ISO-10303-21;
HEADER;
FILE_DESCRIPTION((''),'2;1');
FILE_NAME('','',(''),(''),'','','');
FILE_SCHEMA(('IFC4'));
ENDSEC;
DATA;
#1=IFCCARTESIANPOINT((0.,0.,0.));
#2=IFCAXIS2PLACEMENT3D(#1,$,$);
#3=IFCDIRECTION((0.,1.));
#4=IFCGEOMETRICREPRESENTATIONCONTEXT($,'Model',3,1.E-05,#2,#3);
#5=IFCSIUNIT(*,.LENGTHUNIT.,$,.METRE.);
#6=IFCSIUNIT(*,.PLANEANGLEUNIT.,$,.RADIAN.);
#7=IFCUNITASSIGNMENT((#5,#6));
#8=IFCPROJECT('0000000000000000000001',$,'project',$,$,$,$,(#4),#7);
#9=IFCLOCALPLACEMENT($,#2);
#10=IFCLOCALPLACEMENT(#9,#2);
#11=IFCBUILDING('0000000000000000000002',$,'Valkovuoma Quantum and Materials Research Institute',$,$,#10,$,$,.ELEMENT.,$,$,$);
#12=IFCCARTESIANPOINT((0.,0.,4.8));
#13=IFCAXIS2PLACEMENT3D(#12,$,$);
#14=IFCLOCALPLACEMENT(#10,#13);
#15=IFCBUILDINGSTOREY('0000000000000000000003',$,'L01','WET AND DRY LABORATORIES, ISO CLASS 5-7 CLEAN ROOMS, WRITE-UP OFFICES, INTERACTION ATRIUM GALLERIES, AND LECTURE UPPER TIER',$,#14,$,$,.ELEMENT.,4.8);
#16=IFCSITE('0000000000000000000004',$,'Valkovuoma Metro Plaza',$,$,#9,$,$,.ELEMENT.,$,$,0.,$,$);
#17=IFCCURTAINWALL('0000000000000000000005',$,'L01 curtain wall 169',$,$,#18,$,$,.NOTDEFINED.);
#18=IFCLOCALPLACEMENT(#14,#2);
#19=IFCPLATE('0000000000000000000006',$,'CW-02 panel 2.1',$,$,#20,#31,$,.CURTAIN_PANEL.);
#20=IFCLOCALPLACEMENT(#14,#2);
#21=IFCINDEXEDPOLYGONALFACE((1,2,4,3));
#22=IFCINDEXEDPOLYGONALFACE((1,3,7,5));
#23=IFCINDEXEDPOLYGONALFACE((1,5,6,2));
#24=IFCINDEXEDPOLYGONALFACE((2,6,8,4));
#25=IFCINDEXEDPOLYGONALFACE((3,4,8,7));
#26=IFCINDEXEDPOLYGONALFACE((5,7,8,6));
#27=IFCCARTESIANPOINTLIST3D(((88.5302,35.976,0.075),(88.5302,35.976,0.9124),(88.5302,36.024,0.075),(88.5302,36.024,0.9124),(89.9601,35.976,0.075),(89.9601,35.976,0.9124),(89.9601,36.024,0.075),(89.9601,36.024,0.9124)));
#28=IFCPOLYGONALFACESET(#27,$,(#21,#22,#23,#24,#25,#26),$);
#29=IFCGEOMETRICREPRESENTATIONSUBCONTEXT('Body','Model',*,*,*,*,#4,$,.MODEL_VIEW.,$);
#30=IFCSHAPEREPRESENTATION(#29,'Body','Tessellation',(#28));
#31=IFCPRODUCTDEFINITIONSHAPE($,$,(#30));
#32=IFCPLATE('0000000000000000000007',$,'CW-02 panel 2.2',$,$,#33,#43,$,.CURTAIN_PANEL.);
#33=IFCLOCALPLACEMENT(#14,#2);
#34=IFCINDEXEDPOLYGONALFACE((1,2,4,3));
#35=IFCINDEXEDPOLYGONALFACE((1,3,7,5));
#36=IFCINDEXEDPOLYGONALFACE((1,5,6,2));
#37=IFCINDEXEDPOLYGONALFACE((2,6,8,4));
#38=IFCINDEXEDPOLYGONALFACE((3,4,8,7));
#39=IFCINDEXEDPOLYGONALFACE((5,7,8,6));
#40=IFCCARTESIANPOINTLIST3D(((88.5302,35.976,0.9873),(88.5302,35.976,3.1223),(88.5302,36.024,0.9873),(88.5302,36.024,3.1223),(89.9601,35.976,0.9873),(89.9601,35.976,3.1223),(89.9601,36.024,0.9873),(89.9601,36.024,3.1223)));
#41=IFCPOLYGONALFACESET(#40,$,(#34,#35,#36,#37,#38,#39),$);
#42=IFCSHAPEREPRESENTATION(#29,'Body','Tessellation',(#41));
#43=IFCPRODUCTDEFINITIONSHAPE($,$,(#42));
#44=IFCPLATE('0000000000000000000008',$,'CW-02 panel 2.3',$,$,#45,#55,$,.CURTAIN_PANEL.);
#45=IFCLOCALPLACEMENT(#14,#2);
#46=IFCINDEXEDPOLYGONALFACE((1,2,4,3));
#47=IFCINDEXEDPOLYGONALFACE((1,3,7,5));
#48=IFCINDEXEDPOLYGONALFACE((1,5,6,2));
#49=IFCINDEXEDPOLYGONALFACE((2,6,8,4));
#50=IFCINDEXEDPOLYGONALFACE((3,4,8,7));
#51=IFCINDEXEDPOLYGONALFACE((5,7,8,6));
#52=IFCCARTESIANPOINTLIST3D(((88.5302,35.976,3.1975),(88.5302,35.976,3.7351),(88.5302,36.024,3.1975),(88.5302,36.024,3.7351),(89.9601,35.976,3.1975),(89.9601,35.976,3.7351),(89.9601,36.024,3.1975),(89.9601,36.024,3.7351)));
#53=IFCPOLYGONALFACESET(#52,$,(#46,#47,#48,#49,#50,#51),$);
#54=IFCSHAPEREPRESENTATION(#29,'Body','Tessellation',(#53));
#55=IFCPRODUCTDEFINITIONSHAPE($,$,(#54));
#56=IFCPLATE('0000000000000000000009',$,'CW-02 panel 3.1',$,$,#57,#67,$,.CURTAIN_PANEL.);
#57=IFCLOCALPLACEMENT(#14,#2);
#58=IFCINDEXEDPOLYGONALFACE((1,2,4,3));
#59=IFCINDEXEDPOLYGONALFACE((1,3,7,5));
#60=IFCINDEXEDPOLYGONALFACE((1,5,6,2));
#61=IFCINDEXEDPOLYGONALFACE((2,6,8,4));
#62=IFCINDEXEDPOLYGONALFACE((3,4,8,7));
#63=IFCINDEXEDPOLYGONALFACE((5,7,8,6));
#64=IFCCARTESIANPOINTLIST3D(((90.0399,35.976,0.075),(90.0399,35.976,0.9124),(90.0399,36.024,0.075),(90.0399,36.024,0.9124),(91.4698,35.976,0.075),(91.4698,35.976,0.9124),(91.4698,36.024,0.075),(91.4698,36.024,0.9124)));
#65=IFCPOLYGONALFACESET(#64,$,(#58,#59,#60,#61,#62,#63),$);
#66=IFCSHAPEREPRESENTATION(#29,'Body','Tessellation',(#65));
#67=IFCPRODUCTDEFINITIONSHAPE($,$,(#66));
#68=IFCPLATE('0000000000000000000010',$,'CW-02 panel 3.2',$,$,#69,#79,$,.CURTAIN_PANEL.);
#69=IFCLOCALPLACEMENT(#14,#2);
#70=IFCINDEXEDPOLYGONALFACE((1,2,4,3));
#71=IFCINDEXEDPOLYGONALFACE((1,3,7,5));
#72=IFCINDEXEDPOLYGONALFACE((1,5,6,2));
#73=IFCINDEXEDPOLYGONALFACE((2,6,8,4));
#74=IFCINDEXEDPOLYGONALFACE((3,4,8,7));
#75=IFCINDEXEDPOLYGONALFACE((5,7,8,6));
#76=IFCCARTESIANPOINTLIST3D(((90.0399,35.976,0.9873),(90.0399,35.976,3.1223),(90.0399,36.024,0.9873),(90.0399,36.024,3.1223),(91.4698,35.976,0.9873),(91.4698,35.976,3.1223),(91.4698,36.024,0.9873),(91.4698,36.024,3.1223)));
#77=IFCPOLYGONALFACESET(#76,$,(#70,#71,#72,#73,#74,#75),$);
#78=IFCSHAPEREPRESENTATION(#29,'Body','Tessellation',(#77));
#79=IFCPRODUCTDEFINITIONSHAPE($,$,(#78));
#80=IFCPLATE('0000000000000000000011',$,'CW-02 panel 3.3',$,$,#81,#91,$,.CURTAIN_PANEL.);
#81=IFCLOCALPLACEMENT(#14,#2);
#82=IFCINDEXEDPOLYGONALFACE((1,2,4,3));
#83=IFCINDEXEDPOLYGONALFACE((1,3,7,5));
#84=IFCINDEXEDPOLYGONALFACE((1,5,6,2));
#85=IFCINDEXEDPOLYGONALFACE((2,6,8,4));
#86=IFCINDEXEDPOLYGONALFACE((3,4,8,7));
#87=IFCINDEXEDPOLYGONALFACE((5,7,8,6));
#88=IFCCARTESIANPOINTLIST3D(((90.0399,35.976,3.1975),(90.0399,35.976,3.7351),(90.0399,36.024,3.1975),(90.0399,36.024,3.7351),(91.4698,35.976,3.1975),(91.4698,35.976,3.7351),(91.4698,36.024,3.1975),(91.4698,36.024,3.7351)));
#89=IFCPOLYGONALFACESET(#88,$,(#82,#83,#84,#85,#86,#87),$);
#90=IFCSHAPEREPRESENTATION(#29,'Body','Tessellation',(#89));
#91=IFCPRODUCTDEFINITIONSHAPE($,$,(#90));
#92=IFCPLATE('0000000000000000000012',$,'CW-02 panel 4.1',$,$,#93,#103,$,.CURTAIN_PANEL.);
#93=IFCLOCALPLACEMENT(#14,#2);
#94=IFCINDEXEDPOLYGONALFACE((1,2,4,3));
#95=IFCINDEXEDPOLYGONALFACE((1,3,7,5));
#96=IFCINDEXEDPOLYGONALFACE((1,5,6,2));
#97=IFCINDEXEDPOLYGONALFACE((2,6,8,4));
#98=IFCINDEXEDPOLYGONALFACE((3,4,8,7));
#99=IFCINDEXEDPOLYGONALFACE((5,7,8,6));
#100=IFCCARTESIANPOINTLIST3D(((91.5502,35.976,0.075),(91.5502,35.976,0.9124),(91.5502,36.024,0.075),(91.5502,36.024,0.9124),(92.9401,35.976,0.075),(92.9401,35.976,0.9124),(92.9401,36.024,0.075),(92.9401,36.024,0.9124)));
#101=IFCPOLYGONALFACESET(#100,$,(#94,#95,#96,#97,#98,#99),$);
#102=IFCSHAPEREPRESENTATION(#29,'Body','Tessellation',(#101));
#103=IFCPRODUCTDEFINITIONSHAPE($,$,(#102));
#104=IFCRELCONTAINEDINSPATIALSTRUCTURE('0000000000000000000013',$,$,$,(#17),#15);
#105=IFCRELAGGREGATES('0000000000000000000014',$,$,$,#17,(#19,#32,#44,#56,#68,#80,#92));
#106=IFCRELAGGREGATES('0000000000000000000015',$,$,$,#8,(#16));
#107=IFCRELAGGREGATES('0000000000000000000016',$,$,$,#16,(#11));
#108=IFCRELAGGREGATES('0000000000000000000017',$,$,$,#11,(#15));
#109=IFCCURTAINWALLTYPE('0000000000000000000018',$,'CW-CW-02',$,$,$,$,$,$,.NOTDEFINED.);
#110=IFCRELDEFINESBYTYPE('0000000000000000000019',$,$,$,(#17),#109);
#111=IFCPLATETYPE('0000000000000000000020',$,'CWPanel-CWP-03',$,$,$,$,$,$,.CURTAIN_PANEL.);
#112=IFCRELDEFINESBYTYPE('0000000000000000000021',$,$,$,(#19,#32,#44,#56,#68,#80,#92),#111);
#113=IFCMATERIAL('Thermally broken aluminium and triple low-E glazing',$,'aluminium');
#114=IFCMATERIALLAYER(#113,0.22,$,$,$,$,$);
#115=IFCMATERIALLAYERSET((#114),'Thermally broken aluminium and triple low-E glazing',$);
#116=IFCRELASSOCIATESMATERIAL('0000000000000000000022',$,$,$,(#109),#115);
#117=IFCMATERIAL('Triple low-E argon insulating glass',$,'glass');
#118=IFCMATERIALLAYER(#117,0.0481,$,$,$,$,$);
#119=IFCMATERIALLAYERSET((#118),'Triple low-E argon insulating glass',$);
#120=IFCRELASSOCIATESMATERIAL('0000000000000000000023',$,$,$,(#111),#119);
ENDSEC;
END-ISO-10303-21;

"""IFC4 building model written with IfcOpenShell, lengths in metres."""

from ifc_helpers import new_model, si_unit, direction, frame, origin, origin_2d, place, context, subcontext, project, spatial, rectangle, extrude, material, layer, layer_set, type_object, element, aggregate, save


model = new_model("IFC4")

# Units and contexts
model_context = context("Model", 3, precision=1e-05, world=origin(), true_north=direction((0.0, 1.0)))
body_context = subcontext(model_context, "Body", "Model", "MODEL_VIEW")
ifc_project = project(units=[si_unit("LENGTHUNIT", "METRE"), si_unit("PLANEANGLEUNIT", "RADIAN")], contexts=[model_context])

# Site, building, storey
site_placement = place(None, origin())
site = spatial("IfcSite", under=ifc_project, at=site_placement, Name="Valkovuoma Metro Plaza", CompositionType="ELEMENT", RefElevation=0.0)
building_placement = place(site_placement, origin())
building = spatial("IfcBuilding", under=site, at=building_placement, Name="Valkovuoma Quantum and Materials Research Institute", CompositionType="ELEMENT")
storey_placement = place(building_placement, frame((0.0, 0.0, 4.8)))
storey = spatial("IfcBuildingStorey", under=building, at=storey_placement, Name="L01", Description="WET AND DRY LABORATORIES, ISO CLASS 5-7 CLEAN ROOMS, WRITE-UP OFFICES, INTERACTION ATRIUM GALLERIES, AND LECTURE UPPER TIER", CompositionType="ELEMENT", Elevation=4.8)

# Shared definitions
ifc_material_1 = material(Name="Thermally broken aluminium and triple low-E glazing", Category="aluminium")
ifc_layer_1 = layer(ifc_material_1, 0.22)
ifc_layer_set_1 = layer_set([ifc_layer_1], Name="Thermally broken aluminium and triple low-E glazing")
curtain_wall_type = type_object("IfcCurtainWallType", Name="CW-CW-02", PredefinedType="NOTDEFINED", material=ifc_layer_set_1)

# Curtain wall
curtain_wall_1_placement = place(storey_placement, origin())
curtain_wall_1 = element("IfcCurtainWall", 1, at=curtain_wall_1_placement, inside=storey, type_object=curtain_wall_type, Name="L01 curtain wall 169", PredefinedType="NOTDEFINED")

# Plates
ifc_material_2 = material(Name="Triple low-E argon insulating glass", Category="glass")
ifc_layer_2 = layer(ifc_material_2, 0.0481)
ifc_layer_set_2 = layer_set([ifc_layer_2], Name="Triple low-E argon insulating glass")
plate_type = type_object("IfcPlateType", Name="CWPanel-CWP-03", PredefinedType="CURTAIN_PANEL", material=ifc_layer_set_2)
plate_1_placement = place(storey_placement, frame((89.2451, 36.0, 0.075), z_axis=(0.0, 0.0, 1.0), x_axis=(1.0, 0.0, 0.0)))
plate_1 = element("IfcPlate", 2, at=plate_1_placement, type_object=plate_type, Name="CW-02 panel 2.1", PredefinedType="CURTAIN_PANEL", context=body_context, shape_type="SweptSolid", body=[
    extrude(rectangle(XDim=1.4299, YDim=0.0481, at=origin_2d()), origin(), (0.0, 0.0, 1.0), 0.8374),
])
plate_2_placement = place(storey_placement, frame((89.2451, 36.0, 0.9873), z_axis=(0.0, 0.0, 1.0), x_axis=(1.0, 0.0, 0.0)))
plate_2 = element("IfcPlate", 3, at=plate_2_placement, type_object=plate_type, Name="CW-02 panel 2.2", PredefinedType="CURTAIN_PANEL", context=body_context, shape_type="SweptSolid", body=[
    extrude(rectangle(XDim=1.4299, YDim=0.0481, at=origin_2d()), origin(), (0.0, 0.0, 1.0), 2.135),
])
plate_3_placement = place(storey_placement, frame((89.2451, 36.0, 3.1975), z_axis=(0.0, 0.0, 1.0), x_axis=(1.0, 0.0, 0.0)))
plate_3 = element("IfcPlate", 4, at=plate_3_placement, type_object=plate_type, Name="CW-02 panel 2.3", PredefinedType="CURTAIN_PANEL", context=body_context, shape_type="SweptSolid", body=[
    extrude(rectangle(XDim=1.4299, YDim=0.0481, at=origin_2d()), origin(), (0.0, 0.0, 1.0), 0.5376),
])
plate_4_placement = place(storey_placement, frame((90.7549, 36.0, 0.075), z_axis=(0.0, 0.0, 1.0), x_axis=(1.0, 0.0, 0.0)))
plate_4 = element("IfcPlate", 5, at=plate_4_placement, type_object=plate_type, Name="CW-02 panel 3.1", PredefinedType="CURTAIN_PANEL", context=body_context, shape_type="SweptSolid", body=[
    extrude(rectangle(XDim=1.4299, YDim=0.0481, at=origin_2d()), origin(), (0.0, 0.0, 1.0), 0.8374),
])
plate_5_placement = place(storey_placement, frame((90.7549, 36.0, 0.9873), z_axis=(0.0, 0.0, 1.0), x_axis=(1.0, 0.0, 0.0)))
plate_5 = element("IfcPlate", 6, at=plate_5_placement, type_object=plate_type, Name="CW-02 panel 3.2", PredefinedType="CURTAIN_PANEL", context=body_context, shape_type="SweptSolid", body=[
    extrude(rectangle(XDim=1.4299, YDim=0.0481, at=origin_2d()), origin(), (0.0, 0.0, 1.0), 2.135),
])
plate_6_placement = place(storey_placement, frame((90.7549, 36.0, 3.1975), z_axis=(0.0, 0.0, 1.0), x_axis=(1.0, 0.0, 0.0)))
plate_6 = element("IfcPlate", 7, at=plate_6_placement, type_object=plate_type, Name="CW-02 panel 3.3", PredefinedType="CURTAIN_PANEL", context=body_context, shape_type="SweptSolid", body=[
    extrude(rectangle(XDim=1.4299, YDim=0.0481, at=origin_2d()), origin(), (0.0, 0.0, 1.0), 0.5376),
])
plate_7_placement = place(storey_placement, frame((92.2451, 36.0, 0.075), z_axis=(0.0, 0.0, 1.0), x_axis=(1.0, 0.0, 0.0)))
plate_7 = element("IfcPlate", 8, at=plate_7_placement, type_object=plate_type, Name="CW-02 panel 4.1", PredefinedType="CURTAIN_PANEL", context=body_context, shape_type="SweptSolid", body=[
    extrude(rectangle(XDim=1.3899, YDim=0.0481, at=origin_2d()), origin(), (0.0, 0.0, 1.0), 0.8374),
])
aggregate(curtain_wall_1, [plate_1, plate_2, plate_3, plate_4, plate_5, plate_6, plate_7])

save(model, "model.ifc")
